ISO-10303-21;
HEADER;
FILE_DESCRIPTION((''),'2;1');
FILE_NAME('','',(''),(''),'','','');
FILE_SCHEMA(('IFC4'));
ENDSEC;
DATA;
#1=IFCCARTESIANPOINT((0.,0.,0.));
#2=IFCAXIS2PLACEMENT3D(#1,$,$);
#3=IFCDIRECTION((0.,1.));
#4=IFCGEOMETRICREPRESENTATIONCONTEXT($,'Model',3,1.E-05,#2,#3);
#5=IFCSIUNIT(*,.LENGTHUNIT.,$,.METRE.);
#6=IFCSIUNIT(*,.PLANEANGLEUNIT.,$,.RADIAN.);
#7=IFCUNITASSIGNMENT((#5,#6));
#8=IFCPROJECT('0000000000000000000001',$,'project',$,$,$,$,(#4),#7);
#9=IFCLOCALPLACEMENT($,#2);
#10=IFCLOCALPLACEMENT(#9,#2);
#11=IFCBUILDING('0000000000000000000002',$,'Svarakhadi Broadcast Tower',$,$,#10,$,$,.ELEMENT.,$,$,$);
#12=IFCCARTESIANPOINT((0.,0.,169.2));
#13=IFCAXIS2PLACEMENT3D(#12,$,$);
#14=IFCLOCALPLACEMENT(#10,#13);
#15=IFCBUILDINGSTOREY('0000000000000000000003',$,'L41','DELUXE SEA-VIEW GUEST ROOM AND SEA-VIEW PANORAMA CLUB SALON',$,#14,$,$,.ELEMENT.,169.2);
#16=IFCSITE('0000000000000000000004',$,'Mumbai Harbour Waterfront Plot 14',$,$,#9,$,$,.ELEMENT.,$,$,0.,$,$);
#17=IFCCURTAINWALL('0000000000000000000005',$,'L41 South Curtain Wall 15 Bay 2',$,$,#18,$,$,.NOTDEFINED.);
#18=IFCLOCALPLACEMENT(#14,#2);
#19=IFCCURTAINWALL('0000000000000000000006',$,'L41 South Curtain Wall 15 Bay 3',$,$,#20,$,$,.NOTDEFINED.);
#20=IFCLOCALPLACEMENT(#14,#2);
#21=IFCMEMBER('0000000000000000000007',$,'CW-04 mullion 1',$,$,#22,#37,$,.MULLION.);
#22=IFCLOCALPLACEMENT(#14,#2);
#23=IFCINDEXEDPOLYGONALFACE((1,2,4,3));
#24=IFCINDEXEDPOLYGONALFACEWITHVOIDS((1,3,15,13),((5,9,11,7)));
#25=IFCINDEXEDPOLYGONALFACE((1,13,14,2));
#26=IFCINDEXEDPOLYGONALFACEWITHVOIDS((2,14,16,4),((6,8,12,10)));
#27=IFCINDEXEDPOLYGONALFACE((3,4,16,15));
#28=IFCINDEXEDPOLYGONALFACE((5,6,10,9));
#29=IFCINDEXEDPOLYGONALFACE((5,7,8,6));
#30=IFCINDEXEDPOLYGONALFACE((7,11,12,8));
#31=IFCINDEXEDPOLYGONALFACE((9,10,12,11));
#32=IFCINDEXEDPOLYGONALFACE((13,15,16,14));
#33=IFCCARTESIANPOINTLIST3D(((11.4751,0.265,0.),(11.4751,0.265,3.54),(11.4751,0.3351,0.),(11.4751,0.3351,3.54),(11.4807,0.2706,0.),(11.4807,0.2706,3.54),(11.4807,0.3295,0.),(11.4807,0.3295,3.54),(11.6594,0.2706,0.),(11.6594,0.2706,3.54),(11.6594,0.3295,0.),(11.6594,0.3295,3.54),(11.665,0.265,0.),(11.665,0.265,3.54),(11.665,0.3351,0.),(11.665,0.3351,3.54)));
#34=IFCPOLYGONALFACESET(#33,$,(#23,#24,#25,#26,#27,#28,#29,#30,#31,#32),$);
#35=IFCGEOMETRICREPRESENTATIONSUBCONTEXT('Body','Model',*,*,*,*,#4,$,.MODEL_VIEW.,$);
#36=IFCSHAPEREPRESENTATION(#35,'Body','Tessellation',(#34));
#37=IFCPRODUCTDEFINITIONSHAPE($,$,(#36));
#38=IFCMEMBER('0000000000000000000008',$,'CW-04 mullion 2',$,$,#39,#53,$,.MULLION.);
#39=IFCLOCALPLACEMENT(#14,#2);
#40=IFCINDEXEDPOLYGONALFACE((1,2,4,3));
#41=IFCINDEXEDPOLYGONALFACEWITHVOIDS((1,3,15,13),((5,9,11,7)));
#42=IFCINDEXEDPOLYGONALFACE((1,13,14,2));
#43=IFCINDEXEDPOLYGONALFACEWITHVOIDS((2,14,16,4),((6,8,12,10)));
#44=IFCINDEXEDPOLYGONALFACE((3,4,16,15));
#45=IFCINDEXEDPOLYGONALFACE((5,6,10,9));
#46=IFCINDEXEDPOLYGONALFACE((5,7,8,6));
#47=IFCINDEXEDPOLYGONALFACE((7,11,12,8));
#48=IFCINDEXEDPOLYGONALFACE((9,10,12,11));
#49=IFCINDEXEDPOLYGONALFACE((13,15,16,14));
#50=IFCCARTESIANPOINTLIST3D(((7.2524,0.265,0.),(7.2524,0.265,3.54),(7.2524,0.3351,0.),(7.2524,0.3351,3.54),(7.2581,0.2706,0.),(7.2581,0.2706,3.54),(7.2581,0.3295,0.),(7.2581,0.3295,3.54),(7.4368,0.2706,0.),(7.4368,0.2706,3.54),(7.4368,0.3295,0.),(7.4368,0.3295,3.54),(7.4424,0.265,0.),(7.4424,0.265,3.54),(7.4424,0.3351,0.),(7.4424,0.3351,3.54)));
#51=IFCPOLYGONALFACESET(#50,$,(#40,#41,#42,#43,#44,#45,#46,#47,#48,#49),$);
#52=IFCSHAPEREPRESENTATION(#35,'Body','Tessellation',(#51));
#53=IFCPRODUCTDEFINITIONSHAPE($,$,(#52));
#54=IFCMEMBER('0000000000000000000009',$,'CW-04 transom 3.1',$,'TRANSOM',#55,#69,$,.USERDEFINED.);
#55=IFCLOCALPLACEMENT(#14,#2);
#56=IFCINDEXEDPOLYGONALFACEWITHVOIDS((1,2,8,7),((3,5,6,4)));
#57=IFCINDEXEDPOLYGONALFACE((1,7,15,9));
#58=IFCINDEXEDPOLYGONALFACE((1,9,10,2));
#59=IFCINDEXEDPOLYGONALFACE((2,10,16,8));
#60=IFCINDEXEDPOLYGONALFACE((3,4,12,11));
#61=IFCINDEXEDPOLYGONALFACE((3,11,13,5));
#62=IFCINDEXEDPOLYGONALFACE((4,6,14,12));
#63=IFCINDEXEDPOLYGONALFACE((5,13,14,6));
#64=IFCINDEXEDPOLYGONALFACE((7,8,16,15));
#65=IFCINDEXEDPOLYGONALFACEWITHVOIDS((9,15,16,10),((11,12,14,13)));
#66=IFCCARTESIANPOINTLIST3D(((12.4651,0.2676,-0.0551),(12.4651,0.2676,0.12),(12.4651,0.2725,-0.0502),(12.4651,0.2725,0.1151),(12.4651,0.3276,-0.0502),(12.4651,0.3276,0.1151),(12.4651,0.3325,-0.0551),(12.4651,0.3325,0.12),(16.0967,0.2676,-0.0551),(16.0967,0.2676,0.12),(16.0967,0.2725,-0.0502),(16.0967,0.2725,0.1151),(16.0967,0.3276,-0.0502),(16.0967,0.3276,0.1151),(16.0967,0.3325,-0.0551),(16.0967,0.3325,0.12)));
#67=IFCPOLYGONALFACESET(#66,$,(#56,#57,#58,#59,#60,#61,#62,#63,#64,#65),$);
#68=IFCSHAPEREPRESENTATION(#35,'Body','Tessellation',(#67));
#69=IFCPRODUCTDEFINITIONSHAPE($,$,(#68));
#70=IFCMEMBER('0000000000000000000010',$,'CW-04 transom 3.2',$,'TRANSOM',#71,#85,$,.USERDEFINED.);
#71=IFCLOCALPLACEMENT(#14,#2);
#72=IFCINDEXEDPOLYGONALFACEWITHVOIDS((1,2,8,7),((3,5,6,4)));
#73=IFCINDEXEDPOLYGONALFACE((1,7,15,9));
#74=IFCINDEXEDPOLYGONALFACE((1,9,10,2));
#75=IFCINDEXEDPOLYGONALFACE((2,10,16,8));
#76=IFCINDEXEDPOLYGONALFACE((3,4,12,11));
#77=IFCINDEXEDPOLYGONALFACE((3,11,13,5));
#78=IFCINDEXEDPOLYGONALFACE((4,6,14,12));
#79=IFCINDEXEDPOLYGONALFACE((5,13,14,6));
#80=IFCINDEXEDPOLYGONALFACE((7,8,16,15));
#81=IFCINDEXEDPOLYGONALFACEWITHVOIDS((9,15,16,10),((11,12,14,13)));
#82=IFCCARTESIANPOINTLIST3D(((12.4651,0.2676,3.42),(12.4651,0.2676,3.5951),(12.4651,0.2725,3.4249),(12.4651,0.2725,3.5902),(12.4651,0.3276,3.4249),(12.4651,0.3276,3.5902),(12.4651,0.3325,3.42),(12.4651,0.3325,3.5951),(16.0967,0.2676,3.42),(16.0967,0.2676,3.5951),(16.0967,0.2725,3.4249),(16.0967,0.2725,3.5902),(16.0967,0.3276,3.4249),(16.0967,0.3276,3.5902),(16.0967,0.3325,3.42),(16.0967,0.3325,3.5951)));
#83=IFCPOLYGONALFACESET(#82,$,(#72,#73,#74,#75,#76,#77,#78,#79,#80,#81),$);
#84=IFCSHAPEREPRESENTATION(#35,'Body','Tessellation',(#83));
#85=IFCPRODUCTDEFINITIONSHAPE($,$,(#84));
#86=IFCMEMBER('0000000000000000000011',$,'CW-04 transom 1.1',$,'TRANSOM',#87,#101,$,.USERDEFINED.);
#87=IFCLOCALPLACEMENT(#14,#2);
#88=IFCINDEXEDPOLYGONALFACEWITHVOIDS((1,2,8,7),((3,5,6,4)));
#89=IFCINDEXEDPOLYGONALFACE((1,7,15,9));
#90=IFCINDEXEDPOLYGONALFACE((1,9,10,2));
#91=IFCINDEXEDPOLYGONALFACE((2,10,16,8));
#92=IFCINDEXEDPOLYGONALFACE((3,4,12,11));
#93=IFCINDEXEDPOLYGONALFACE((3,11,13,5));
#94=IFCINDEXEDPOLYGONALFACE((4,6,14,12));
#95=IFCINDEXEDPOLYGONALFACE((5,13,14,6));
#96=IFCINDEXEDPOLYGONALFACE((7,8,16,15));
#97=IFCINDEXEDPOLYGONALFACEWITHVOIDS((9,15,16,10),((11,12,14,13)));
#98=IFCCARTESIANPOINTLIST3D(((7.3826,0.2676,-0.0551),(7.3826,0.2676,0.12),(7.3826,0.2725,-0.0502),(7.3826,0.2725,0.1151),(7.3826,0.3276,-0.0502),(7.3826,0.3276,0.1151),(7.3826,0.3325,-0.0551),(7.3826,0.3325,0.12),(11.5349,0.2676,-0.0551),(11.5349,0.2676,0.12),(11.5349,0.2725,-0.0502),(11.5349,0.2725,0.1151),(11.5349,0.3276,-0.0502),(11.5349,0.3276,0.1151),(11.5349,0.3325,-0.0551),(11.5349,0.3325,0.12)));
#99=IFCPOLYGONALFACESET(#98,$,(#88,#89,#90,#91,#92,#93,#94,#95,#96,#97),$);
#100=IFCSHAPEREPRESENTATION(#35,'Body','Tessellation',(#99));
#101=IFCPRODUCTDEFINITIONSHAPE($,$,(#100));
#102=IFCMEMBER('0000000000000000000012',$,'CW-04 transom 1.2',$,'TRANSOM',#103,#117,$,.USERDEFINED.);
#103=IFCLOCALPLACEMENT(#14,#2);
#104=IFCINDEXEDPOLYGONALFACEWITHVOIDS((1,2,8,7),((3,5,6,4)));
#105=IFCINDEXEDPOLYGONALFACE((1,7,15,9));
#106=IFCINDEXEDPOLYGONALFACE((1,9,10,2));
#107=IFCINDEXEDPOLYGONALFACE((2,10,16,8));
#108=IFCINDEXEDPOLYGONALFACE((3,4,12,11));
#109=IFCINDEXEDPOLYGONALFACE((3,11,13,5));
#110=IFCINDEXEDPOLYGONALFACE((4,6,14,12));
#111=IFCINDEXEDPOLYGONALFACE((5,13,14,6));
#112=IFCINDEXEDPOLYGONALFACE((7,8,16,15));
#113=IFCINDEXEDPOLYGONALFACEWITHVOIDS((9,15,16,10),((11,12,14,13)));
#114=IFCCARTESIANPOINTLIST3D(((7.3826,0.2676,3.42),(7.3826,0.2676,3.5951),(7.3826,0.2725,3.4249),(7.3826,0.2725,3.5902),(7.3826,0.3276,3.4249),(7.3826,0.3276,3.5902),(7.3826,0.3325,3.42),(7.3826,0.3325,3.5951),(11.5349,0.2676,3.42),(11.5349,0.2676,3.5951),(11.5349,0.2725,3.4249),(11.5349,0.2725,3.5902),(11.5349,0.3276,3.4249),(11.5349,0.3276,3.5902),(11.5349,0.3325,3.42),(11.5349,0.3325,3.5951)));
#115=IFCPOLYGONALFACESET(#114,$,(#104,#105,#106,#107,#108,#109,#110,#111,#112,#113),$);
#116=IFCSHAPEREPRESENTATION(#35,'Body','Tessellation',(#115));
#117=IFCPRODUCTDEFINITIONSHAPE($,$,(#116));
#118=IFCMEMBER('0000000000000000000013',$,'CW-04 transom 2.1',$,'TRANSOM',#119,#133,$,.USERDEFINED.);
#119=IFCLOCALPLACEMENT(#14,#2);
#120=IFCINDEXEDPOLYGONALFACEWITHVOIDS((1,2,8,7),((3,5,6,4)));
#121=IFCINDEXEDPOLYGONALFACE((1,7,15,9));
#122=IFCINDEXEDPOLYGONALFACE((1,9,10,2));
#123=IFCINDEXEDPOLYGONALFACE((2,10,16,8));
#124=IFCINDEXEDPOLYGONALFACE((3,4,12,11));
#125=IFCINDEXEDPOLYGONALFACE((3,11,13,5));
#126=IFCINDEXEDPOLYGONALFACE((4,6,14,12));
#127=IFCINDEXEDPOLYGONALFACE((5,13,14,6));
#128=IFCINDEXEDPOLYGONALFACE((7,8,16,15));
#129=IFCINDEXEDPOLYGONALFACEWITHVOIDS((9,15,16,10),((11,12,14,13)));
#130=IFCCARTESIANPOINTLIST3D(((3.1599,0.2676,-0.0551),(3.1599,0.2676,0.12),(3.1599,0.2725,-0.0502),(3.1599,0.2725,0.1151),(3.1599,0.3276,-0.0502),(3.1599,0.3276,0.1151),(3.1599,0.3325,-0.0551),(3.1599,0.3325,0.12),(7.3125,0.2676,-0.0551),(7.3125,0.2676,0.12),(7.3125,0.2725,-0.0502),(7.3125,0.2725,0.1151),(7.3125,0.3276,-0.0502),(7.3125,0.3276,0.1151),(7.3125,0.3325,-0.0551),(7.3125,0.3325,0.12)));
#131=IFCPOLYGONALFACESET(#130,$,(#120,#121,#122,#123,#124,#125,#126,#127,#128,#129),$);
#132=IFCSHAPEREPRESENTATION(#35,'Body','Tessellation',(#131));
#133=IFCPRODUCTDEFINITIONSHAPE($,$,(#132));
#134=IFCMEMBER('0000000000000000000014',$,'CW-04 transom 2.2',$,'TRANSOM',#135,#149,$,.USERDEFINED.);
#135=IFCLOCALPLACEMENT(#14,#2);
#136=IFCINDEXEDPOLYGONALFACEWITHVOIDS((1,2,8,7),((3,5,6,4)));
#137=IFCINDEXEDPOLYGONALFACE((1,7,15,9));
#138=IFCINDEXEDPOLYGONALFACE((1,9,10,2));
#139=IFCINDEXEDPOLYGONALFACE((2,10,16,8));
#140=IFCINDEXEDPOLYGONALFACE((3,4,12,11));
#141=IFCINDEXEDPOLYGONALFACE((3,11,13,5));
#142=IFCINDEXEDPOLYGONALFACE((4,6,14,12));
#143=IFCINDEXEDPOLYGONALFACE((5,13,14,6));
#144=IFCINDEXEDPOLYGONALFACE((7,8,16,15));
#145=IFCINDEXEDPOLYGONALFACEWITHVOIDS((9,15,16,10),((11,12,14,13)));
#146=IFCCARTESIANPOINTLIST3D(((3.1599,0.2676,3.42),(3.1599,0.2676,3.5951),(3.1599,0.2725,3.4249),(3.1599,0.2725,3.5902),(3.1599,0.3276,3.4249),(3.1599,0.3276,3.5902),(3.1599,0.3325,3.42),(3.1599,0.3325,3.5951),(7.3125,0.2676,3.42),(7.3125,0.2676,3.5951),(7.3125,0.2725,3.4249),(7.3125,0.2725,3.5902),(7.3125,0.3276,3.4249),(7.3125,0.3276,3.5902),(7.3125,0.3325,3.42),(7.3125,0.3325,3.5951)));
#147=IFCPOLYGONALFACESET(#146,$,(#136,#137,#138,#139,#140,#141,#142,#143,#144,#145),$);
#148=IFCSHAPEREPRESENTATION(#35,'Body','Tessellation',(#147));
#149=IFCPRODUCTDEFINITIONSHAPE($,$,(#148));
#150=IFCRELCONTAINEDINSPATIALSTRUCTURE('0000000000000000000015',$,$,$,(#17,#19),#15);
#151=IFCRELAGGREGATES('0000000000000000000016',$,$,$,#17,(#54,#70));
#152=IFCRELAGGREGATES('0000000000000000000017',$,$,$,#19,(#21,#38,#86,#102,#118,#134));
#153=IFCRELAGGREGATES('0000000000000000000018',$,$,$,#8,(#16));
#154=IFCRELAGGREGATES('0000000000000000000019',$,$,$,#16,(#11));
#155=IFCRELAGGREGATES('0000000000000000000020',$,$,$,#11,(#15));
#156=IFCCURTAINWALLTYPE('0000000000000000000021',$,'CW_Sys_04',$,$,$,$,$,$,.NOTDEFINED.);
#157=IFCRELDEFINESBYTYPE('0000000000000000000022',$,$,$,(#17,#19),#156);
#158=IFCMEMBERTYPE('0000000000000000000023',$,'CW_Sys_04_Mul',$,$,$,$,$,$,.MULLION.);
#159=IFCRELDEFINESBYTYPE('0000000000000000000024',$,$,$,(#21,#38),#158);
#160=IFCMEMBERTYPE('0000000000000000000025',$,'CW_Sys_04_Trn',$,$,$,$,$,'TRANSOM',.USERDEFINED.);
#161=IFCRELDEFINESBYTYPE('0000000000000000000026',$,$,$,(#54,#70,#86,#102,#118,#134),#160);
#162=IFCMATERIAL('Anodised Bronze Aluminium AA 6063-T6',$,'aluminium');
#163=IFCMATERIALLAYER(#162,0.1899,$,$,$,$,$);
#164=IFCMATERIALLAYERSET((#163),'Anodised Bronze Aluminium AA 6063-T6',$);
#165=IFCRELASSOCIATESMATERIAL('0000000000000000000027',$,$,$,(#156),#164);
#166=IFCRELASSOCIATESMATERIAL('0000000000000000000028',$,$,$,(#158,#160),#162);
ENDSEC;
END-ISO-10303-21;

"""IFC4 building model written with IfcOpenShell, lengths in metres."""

from ifc_helpers import new_model, si_unit, direction, frame, origin, origin_2d, place, context, subcontext, project, spatial, hollow_rectangle, extrude, material, layer, layer_set, material_profile, profile_set, type_object, element, aggregate, save


model = new_model("IFC4")

# Units and contexts
model_context = context("Model", 3, precision=1e-05, world=origin(), true_north=direction((0.0, 1.0)))
body_context = subcontext(model_context, "Body", "Model", "MODEL_VIEW")
ifc_project = project(units=[si_unit("LENGTHUNIT", "METRE"), si_unit("PLANEANGLEUNIT", "RADIAN")], contexts=[model_context])

# Site, building, storey
site_placement = place(None, origin())
site = spatial("IfcSite", under=ifc_project, at=site_placement, Name="Mumbai Harbour Waterfront Plot 14", CompositionType="ELEMENT", RefElevation=0.0)
building_placement = place(site_placement, origin())
building = spatial("IfcBuilding", under=site, at=building_placement, Name="Svarakhadi Broadcast Tower", CompositionType="ELEMENT")
storey_placement = place(building_placement, frame((0.0, 0.0, 169.2)))
storey = spatial("IfcBuildingStorey", under=building, at=storey_placement, Name="L41", Description="DELUXE SEA-VIEW GUEST ROOM AND SEA-VIEW PANORAMA CLUB SALON", CompositionType="ELEMENT", Elevation=169.2)

# Curtain walls, members
ifc_material_1 = material(Name="Anodised Bronze Aluminium AA 6063-T6", Category="aluminium")
ifc_layer_1 = layer(ifc_material_1, 0.1899)
ifc_layer_set_1 = layer_set([ifc_layer_1], Name="Anodised Bronze Aluminium AA 6063-T6")
curtain_wall_type = type_object("IfcCurtainWallType", Name="CW_Sys_04", PredefinedType="NOTDEFINED", material=ifc_layer_set_1)
curtain_wall_1_placement = place(storey_placement, origin())
curtain_wall_1 = element("IfcCurtainWall", 1, at=curtain_wall_1_placement, inside=storey, type_object=curtain_wall_type, Name="L41 South Curtain Wall 15 Bay 2", PredefinedType="NOTDEFINED")
ifc_material_profile_1 = material_profile(ifc_material_1, hollow_rectangle(XDim=0.0701, YDim=0.1899, WallThickness=0.0056, at=origin_2d()), Name="ALU MULLION 190x70x6")
ifc_profile_set_1 = profile_set([ifc_material_profile_1], Name="Anodised Bronze Aluminium AA 6063-T6")
member_type_1 = type_object("IfcMemberType", Name="CW_Sys_04_Mul", PredefinedType="MULLION", material=ifc_profile_set_1)
curtain_wall_2_placement = place(storey_placement, origin())
curtain_wall_2 = element("IfcCurtainWall", 2, at=curtain_wall_2_placement, inside=storey, type_object=curtain_wall_type, Name="L41 South Curtain Wall 15 Bay 3", PredefinedType="NOTDEFINED")
member_1_placement = place(storey_placement, frame((11.5701, 0.3, 0.0), z_axis=(0.0, 0.0, 1.0), x_axis=(0.0, -1.0, 0.0)))
member_1 = element("IfcMember", 3, at=member_1_placement, type_object=member_type_1, Name="CW-04 mullion 1", PredefinedType="MULLION", context=body_context, shape_type="SweptSolid", body=[
    extrude(hollow_rectangle(XDim=0.0701, YDim=0.1899, WallThickness=0.0056, at=origin_2d()), origin(), (0.0, 0.0, 1.0), 3.54),
])
member_2_placement = place(storey_placement, frame((7.3474, 0.3, 0.0), z_axis=(0.0, 0.0, 1.0), x_axis=(0.0, -1.0, 0.0)))
member_2 = element("IfcMember", 4, at=member_2_placement, type_object=member_type_1, Name="CW-04 mullion 2", PredefinedType="MULLION", context=body_context, shape_type="SweptSolid", body=[
    extrude(hollow_rectangle(XDim=0.0701, YDim=0.1899, WallThickness=0.0056, at=origin_2d()), origin(), (0.0, 0.0, 1.0), 3.54),
])

# Members
ifc_material_profile_2 = material_profile(ifc_material_1, hollow_rectangle(XDim=0.0649, YDim=0.175, WallThickness=0.0049, at=origin_2d()), Name="ALU TRANSOM 175x65x5")
ifc_profile_set_2 = profile_set([ifc_material_profile_2], Name="Anodised Bronze Aluminium AA 6063-T6")
member_type_2 = type_object("IfcMemberType", Name="CW_Sys_04_Trn", ElementType="TRANSOM", PredefinedType="USERDEFINED", material=ifc_profile_set_2)
member_3_placement = place(storey_placement, frame((16.0967, 0.3, 0.0325), z_axis=(-1.0, 0.0, 0.0), x_axis=(0.0, -1.0, 0.0)))
member_3 = element("IfcMember", 5, at=member_3_placement, type_object=member_type_2, Name="CW-04 transom 3.1", ObjectType="TRANSOM", PredefinedType="USERDEFINED", context=body_context, shape_type="SweptSolid", body=[
    extrude(hollow_rectangle(XDim=0.0649, YDim=0.175, WallThickness=0.0049, at=origin_2d()), origin(), (0.0, 0.0, 1.0), 3.6316),
])
member_4_placement = place(storey_placement, frame((16.0967, 0.3, 3.5076), z_axis=(-1.0, 0.0, 0.0), x_axis=(0.0, -1.0, 0.0)))
member_4 = element("IfcMember", 6, at=member_4_placement, type_object=member_type_2, Name="CW-04 transom 3.2", ObjectType="TRANSOM", PredefinedType="USERDEFINED", context=body_context, shape_type="SweptSolid", body=[
    extrude(hollow_rectangle(XDim=0.0649, YDim=0.175, WallThickness=0.0049, at=origin_2d()), origin(), (0.0, 0.0, 1.0), 3.6316),
])
member_5_placement = place(storey_placement, frame((11.5349, 0.3, 0.0325), z_axis=(-1.0, 0.0, 0.0), x_axis=(0.0, -1.0, 0.0)))
member_5 = element("IfcMember", 7, at=member_5_placement, type_object=member_type_2, Name="CW-04 transom 1.1", ObjectType="TRANSOM", PredefinedType="USERDEFINED", context=body_context, shape_type="SweptSolid", body=[
    extrude(hollow_rectangle(XDim=0.0649, YDim=0.175, WallThickness=0.0049, at=origin_2d()), origin(), (0.0, 0.0, 1.0), 4.1523),
])
member_6_placement = place(storey_placement, frame((11.5349, 0.3, 3.5076), z_axis=(-1.0, 0.0, 0.0), x_axis=(0.0, -1.0, 0.0)))
member_6 = element("IfcMember", 8, at=member_6_placement, type_object=member_type_2, Name="CW-04 transom 1.2", ObjectType="TRANSOM", PredefinedType="USERDEFINED", context=body_context, shape_type="SweptSolid", body=[
    extrude(hollow_rectangle(XDim=0.0649, YDim=0.175, WallThickness=0.0049, at=origin_2d()), origin(), (0.0, 0.0, 1.0), 4.1523),
])
member_7_placement = place(storey_placement, frame((7.3125, 0.3, 0.0325), z_axis=(-1.0, 0.0, 0.0), x_axis=(0.0, -1.0, 0.0)))
member_7 = element("IfcMember", 9, at=member_7_placement, type_object=member_type_2, Name="CW-04 transom 2.1", ObjectType="TRANSOM", PredefinedType="USERDEFINED", context=body_context, shape_type="SweptSolid", body=[
    extrude(hollow_rectangle(XDim=0.0649, YDim=0.175, WallThickness=0.0049, at=origin_2d()), origin(), (0.0, 0.0, 1.0), 4.1526),
])
member_8_placement = place(storey_placement, frame((7.3125, 0.3, 3.5076), z_axis=(-1.0, 0.0, 0.0), x_axis=(0.0, -1.0, 0.0)))
member_8 = element("IfcMember", 10, at=member_8_placement, type_object=member_type_2, Name="CW-04 transom 2.2", ObjectType="TRANSOM", PredefinedType="USERDEFINED", context=body_context, shape_type="SweptSolid", body=[
    extrude(hollow_rectangle(XDim=0.0649, YDim=0.175, WallThickness=0.0049, at=origin_2d()), origin(), (0.0, 0.0, 1.0), 4.1526),
])

aggregate(curtain_wall_1, [member_3, member_4])
aggregate(curtain_wall_2, [member_1, member_2, member_5, member_6, member_7, member_8])

save(model, "model.ifc")
